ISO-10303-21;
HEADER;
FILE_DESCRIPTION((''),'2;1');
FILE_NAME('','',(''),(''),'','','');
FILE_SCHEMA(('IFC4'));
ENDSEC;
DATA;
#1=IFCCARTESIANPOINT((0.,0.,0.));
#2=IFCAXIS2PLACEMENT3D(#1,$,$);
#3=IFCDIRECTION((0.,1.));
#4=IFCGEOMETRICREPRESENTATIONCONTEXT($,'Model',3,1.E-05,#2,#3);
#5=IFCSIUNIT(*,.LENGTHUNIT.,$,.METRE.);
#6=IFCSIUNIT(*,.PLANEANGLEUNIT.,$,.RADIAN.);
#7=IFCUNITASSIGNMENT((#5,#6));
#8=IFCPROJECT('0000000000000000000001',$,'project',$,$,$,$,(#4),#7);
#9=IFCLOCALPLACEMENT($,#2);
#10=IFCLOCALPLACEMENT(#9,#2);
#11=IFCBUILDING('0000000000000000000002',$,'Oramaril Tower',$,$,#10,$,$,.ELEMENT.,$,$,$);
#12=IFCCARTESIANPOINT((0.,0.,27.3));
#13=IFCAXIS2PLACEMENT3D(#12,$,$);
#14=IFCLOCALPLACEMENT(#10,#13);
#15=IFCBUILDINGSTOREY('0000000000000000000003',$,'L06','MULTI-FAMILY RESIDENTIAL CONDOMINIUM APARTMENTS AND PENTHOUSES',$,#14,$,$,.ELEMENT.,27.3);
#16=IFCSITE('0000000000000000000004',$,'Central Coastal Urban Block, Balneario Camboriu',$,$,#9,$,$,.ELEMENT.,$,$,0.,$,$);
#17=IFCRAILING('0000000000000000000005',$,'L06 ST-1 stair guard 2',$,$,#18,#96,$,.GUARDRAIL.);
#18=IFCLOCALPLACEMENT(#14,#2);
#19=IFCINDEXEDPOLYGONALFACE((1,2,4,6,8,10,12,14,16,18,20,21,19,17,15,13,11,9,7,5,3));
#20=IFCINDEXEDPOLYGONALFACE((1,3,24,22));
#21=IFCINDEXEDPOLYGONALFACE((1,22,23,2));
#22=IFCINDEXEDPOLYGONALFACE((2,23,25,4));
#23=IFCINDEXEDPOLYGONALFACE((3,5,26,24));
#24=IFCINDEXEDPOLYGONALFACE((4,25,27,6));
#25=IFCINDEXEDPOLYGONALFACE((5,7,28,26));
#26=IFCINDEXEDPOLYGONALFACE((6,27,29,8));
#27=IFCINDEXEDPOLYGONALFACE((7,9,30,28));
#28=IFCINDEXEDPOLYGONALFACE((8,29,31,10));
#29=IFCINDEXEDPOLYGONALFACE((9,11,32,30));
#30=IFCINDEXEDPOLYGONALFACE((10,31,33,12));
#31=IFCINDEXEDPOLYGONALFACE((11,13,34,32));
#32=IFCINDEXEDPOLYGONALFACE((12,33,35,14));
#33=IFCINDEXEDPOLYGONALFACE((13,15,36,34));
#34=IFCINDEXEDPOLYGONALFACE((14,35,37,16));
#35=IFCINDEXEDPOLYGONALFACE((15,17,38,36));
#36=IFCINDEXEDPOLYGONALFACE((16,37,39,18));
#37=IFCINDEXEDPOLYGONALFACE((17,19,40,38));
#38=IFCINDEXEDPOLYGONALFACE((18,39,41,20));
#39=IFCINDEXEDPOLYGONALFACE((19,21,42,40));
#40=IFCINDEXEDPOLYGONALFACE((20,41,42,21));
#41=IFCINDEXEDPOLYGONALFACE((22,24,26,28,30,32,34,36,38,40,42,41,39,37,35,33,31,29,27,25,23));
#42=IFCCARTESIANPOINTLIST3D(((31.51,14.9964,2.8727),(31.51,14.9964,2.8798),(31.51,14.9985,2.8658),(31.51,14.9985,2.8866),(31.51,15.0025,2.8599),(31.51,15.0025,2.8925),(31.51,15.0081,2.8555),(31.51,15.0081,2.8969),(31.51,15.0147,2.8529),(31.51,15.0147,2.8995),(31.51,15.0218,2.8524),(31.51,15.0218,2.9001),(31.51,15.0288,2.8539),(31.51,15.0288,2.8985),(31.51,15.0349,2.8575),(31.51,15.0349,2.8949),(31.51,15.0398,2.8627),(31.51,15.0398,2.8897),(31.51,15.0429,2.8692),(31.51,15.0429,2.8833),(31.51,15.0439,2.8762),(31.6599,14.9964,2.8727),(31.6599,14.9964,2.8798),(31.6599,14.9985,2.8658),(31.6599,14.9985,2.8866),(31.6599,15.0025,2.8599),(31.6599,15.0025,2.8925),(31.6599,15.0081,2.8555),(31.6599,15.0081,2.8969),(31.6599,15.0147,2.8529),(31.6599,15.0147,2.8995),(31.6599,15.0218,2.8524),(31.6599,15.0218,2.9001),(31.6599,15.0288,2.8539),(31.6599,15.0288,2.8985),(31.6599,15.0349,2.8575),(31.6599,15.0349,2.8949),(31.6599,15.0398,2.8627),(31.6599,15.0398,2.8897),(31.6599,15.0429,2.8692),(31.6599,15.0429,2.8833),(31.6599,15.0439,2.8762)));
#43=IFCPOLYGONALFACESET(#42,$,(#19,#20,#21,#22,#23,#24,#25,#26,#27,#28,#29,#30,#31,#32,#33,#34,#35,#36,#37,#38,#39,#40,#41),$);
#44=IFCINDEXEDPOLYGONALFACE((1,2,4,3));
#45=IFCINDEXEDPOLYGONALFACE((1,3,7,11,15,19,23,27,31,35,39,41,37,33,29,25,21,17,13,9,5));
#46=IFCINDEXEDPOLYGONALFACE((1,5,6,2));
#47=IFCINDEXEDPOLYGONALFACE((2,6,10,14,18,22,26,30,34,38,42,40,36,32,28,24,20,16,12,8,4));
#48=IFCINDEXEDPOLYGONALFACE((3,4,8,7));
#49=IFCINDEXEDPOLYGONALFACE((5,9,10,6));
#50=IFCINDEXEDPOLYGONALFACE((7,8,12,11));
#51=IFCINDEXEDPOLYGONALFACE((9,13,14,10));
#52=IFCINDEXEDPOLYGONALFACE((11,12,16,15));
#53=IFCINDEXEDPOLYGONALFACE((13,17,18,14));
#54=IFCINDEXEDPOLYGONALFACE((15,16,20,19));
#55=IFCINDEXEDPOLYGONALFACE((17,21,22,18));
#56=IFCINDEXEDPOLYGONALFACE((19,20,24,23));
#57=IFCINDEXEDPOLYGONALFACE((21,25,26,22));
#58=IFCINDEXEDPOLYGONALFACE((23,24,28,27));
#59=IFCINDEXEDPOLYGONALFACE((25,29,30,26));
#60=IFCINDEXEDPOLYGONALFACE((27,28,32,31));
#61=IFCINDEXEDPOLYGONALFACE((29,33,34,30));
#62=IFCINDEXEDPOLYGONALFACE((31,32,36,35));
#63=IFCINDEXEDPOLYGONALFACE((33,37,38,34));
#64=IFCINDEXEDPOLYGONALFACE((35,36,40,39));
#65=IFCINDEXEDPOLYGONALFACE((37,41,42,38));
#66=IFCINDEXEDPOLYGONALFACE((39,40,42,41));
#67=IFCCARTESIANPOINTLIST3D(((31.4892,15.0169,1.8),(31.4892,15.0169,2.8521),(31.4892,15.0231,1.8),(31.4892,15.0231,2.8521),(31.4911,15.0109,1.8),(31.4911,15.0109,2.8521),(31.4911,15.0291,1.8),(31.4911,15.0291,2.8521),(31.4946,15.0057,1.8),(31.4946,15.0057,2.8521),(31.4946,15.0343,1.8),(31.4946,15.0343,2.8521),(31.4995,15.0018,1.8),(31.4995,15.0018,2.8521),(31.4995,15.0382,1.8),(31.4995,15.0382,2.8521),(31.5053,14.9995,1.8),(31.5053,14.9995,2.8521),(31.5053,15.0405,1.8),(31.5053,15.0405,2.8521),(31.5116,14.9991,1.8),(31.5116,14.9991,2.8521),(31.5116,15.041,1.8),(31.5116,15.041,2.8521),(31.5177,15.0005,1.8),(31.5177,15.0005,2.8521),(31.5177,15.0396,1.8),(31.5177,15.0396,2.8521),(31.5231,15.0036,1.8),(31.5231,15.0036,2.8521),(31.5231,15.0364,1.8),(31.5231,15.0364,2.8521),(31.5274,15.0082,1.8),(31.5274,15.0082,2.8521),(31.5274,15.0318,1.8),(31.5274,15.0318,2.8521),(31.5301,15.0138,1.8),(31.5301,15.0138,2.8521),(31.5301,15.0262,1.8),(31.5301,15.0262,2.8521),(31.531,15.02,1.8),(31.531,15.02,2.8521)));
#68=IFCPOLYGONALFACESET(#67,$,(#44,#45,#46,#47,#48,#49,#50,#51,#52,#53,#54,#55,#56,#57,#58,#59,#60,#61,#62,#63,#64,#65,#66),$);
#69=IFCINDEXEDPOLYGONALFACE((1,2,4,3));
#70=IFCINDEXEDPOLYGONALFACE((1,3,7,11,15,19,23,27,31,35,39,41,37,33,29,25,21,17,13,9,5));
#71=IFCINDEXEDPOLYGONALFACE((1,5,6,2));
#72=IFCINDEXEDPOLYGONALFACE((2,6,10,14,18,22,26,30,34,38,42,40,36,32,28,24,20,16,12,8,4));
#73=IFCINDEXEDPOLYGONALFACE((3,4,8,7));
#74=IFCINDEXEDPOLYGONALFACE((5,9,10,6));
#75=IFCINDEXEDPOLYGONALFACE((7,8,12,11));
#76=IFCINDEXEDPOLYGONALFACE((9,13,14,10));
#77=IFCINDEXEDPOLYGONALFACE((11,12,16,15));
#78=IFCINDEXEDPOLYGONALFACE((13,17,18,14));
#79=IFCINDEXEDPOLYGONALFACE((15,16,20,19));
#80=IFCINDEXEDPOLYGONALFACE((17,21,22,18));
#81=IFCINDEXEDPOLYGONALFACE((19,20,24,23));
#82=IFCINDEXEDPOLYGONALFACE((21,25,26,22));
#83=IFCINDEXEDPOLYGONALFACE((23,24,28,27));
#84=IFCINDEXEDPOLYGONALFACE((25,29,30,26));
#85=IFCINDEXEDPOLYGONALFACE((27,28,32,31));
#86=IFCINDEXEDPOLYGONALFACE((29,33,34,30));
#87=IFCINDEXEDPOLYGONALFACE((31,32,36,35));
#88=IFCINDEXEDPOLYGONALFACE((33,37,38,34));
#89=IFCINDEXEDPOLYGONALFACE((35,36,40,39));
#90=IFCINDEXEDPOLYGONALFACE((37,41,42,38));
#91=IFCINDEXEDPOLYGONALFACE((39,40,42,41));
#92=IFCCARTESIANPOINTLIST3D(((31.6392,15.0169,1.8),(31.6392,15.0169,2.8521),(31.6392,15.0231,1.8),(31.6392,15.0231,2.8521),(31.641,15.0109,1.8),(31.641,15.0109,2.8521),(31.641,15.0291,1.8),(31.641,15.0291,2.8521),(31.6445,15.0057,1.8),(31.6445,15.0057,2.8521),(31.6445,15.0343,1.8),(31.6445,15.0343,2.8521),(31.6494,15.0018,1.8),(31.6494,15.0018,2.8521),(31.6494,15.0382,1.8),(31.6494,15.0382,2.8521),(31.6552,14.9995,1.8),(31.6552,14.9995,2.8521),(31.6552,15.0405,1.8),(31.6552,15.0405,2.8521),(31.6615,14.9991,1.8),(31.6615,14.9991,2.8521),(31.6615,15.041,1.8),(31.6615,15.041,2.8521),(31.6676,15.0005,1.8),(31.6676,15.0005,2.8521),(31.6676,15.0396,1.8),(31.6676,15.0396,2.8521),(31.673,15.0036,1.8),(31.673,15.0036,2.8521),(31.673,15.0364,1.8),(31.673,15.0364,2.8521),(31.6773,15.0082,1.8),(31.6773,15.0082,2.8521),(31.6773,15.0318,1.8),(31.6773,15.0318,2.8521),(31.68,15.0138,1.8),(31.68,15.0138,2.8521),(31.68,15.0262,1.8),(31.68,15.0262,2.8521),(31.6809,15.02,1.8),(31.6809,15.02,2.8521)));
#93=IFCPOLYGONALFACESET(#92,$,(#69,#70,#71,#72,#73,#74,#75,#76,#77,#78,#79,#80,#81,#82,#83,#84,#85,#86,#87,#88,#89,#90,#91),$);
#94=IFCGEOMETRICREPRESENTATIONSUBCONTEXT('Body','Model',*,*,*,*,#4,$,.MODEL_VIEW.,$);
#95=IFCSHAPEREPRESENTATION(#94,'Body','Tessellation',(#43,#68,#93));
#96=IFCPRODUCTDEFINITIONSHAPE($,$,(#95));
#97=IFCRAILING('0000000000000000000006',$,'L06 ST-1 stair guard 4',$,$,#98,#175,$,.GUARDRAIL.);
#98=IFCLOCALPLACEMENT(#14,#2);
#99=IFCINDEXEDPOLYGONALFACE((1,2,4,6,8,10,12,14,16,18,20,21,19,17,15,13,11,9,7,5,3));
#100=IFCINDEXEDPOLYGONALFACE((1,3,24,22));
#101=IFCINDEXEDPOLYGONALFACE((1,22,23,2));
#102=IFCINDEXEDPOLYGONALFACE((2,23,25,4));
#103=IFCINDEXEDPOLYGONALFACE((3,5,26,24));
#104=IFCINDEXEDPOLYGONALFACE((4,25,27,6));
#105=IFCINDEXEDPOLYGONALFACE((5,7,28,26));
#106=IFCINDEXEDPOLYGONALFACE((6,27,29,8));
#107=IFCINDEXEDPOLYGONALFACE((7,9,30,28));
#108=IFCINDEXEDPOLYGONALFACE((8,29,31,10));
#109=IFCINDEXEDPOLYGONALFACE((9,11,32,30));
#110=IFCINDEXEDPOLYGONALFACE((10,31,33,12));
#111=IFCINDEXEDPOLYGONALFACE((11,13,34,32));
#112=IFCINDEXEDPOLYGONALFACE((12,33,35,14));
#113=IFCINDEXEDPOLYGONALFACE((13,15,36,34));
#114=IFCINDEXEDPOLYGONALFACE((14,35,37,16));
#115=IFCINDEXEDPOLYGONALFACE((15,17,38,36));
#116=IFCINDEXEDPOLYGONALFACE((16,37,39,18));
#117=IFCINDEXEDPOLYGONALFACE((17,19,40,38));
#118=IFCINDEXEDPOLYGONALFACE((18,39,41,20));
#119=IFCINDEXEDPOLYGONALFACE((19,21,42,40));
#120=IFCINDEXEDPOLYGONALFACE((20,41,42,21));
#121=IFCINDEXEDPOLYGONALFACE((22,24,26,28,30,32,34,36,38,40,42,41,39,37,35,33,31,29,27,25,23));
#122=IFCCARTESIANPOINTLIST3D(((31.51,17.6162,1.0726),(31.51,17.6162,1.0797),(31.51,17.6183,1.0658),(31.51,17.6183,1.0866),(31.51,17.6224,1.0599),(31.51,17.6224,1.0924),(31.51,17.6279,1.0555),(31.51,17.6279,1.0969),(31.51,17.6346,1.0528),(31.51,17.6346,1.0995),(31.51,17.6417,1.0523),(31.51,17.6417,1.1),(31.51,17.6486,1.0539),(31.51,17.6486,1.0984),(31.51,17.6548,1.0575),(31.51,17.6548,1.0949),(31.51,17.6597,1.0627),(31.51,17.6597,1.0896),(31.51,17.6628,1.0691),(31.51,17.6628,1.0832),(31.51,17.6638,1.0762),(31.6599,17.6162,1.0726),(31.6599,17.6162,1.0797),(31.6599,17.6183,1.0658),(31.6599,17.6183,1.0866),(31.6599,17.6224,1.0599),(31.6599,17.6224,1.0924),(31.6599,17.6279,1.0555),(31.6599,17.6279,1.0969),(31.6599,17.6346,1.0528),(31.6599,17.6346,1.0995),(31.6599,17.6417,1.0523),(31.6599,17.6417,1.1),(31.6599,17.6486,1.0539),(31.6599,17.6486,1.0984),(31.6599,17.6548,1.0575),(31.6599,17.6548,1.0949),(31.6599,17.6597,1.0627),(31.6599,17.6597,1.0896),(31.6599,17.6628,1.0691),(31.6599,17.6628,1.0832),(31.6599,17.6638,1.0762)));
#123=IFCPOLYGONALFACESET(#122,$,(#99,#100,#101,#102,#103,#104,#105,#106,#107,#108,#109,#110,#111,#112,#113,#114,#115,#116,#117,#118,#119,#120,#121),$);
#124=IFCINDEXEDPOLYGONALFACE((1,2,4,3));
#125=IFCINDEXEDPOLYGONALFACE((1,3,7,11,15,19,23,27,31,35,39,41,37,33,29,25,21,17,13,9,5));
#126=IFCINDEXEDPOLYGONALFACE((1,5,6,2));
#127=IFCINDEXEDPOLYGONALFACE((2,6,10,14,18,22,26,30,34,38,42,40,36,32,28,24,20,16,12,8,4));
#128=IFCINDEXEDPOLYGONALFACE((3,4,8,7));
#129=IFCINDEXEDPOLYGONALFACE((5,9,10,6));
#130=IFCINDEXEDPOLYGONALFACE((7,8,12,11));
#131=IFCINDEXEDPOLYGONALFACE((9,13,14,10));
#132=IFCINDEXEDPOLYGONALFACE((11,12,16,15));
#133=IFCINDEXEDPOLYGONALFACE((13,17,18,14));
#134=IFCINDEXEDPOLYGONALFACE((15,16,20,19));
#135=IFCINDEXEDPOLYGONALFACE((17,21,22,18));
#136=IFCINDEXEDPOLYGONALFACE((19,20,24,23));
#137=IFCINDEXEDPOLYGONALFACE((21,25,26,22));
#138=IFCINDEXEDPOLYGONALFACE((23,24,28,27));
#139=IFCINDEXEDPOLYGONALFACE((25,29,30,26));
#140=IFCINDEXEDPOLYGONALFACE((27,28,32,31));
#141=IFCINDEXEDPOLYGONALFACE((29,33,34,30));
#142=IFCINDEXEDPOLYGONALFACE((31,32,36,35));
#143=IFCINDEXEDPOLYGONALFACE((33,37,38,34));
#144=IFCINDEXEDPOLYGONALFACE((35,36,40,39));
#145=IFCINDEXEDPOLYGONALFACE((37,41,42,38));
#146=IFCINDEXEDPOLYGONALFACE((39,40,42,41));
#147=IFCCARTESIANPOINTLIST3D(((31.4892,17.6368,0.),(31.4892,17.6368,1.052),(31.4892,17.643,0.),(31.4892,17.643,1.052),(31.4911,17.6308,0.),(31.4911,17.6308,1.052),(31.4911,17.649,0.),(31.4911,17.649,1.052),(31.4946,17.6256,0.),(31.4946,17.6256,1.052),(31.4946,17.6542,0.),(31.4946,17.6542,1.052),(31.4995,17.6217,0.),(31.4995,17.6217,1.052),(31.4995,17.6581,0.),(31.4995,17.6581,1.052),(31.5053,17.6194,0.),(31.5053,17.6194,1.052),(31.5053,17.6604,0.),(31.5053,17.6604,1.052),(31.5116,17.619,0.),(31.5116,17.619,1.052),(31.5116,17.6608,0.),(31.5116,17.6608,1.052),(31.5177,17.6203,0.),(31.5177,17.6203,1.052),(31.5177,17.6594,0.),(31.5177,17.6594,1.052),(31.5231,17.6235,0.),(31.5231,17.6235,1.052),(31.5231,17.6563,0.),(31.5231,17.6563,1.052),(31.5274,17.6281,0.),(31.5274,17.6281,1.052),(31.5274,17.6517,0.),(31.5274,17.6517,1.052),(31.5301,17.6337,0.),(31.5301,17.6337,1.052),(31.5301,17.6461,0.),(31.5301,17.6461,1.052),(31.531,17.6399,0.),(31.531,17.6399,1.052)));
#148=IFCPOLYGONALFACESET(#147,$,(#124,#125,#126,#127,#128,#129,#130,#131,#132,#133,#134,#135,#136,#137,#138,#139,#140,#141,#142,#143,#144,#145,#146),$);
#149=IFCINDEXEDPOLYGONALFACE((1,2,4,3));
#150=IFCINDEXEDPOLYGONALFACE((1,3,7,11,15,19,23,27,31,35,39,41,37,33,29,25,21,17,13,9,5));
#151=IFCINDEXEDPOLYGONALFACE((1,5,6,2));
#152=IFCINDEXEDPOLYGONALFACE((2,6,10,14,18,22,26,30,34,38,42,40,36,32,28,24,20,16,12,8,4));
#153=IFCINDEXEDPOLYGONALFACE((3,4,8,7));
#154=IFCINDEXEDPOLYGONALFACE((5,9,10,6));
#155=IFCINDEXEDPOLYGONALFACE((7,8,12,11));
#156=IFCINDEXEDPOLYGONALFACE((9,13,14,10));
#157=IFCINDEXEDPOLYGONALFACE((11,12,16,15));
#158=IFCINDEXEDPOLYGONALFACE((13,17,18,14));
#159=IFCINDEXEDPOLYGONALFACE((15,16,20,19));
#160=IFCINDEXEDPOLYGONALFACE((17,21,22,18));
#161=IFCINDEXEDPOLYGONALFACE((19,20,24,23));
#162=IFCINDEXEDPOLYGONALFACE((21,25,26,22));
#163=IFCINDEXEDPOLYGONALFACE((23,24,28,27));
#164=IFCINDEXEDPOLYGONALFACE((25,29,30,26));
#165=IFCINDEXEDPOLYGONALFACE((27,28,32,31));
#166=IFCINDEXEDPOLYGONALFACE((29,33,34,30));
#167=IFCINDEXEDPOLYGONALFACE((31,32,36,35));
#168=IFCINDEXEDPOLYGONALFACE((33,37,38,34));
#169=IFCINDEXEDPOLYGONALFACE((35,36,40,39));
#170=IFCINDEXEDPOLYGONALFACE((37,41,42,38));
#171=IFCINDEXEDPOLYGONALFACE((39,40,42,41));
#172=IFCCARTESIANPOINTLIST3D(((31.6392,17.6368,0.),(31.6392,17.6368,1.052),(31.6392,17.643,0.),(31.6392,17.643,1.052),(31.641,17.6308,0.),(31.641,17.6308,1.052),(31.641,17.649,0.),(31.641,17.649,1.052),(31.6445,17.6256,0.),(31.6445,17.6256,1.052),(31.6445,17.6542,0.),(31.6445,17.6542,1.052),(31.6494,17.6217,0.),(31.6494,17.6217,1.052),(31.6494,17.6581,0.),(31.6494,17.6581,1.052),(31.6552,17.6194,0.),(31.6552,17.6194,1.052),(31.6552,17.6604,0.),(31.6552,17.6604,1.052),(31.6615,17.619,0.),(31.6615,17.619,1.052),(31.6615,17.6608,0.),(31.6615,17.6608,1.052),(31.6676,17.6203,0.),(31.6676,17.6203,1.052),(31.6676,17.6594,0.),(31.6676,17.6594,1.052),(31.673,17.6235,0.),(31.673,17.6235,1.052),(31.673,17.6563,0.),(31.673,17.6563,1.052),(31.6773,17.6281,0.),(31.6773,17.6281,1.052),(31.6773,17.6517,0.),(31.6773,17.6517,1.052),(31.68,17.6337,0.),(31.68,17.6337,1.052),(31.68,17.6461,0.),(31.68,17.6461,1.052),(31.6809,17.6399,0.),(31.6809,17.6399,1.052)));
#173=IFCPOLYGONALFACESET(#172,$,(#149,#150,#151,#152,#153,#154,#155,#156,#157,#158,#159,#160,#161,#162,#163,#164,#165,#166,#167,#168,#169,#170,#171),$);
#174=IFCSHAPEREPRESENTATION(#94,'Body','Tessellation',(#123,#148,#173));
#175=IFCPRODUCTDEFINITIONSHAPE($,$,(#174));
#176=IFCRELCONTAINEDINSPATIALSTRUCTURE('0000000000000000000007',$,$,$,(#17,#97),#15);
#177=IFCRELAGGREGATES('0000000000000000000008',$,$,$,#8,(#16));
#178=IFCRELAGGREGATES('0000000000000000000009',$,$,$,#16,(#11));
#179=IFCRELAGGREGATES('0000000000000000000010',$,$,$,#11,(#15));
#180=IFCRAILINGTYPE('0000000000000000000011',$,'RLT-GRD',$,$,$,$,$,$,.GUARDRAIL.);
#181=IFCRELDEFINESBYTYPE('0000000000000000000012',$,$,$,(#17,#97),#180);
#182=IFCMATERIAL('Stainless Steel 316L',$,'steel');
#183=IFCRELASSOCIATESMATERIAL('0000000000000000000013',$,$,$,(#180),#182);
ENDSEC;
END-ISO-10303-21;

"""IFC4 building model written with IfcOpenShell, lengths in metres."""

from ifc_helpers import new_model, si_unit, direction, frame, origin, origin_2d, place, context, subcontext, project, spatial, circle, extrude, material, type_object, element, save


model = new_model("IFC4")

# Units and contexts
model_context = context("Model", 3, precision=1e-05, world=origin(), true_north=direction((0.0, 1.0)))
body_context = subcontext(model_context, "Body", "Model", "MODEL_VIEW")
ifc_project = project(units=[si_unit("LENGTHUNIT", "METRE"), si_unit("PLANEANGLEUNIT", "RADIAN")], contexts=[model_context])

# Site, building, storey
site_placement = place(None, origin())
site = spatial("IfcSite", under=ifc_project, at=site_placement, Name="Central Coastal Urban Block, Balneario Camboriu", CompositionType="ELEMENT", RefElevation=0.0)
building_placement = place(site_placement, origin())
building = spatial("IfcBuilding", under=site, at=building_placement, Name="Oramaril Tower", CompositionType="ELEMENT")
storey_placement = place(building_placement, frame((0.0, 0.0, 27.3)))
storey = spatial("IfcBuildingStorey", under=building, at=storey_placement, Name="L06", Description="MULTI-FAMILY RESIDENTIAL CONDOMINIUM APARTMENTS AND PENTHOUSES", CompositionType="ELEMENT", Elevation=27.3)

# Railings
ifc_material_1 = material(Name="Stainless Steel 316L", Category="steel")
railing_type_1 = type_object("IfcRailingType", Name="RLT-GRD", PredefinedType="GUARDRAIL", material=ifc_material_1)
for number, where, name in (
    (1, (31.51, 15.02, 1.8), "L06 ST-1 stair guard 2"),
    (2, (31.51, 17.6399, 0.0), "L06 ST-1 stair guard 4"),
):
    element("IfcRailing", number, at=place(storey_placement, frame(where)), inside=storey, type_object=railing_type_1, Name=name, PredefinedType="GUARDRAIL", context=body_context, shape_type="SweptSolid", body=[
        extrude(circle(Radius=0.0239, at=origin_2d()), frame((0.0, 0.0, 1.0762), z_axis=(1.0, 0.0, 0.0), x_axis=(0.0, 1.0, 0.0)), (0.0, 0.0, 1.0), 0.1499),
        extrude(circle(Radius=0.021, at=origin_2d()), origin(), (0.0, 0.0, 1.0), 1.052),
        extrude(circle(Radius=0.021, at=origin_2d()), frame((0.1499, 0.0, 0.0)), (0.0, 0.0, 1.0), 1.052),
    ])

save(model, "model.ifc")
